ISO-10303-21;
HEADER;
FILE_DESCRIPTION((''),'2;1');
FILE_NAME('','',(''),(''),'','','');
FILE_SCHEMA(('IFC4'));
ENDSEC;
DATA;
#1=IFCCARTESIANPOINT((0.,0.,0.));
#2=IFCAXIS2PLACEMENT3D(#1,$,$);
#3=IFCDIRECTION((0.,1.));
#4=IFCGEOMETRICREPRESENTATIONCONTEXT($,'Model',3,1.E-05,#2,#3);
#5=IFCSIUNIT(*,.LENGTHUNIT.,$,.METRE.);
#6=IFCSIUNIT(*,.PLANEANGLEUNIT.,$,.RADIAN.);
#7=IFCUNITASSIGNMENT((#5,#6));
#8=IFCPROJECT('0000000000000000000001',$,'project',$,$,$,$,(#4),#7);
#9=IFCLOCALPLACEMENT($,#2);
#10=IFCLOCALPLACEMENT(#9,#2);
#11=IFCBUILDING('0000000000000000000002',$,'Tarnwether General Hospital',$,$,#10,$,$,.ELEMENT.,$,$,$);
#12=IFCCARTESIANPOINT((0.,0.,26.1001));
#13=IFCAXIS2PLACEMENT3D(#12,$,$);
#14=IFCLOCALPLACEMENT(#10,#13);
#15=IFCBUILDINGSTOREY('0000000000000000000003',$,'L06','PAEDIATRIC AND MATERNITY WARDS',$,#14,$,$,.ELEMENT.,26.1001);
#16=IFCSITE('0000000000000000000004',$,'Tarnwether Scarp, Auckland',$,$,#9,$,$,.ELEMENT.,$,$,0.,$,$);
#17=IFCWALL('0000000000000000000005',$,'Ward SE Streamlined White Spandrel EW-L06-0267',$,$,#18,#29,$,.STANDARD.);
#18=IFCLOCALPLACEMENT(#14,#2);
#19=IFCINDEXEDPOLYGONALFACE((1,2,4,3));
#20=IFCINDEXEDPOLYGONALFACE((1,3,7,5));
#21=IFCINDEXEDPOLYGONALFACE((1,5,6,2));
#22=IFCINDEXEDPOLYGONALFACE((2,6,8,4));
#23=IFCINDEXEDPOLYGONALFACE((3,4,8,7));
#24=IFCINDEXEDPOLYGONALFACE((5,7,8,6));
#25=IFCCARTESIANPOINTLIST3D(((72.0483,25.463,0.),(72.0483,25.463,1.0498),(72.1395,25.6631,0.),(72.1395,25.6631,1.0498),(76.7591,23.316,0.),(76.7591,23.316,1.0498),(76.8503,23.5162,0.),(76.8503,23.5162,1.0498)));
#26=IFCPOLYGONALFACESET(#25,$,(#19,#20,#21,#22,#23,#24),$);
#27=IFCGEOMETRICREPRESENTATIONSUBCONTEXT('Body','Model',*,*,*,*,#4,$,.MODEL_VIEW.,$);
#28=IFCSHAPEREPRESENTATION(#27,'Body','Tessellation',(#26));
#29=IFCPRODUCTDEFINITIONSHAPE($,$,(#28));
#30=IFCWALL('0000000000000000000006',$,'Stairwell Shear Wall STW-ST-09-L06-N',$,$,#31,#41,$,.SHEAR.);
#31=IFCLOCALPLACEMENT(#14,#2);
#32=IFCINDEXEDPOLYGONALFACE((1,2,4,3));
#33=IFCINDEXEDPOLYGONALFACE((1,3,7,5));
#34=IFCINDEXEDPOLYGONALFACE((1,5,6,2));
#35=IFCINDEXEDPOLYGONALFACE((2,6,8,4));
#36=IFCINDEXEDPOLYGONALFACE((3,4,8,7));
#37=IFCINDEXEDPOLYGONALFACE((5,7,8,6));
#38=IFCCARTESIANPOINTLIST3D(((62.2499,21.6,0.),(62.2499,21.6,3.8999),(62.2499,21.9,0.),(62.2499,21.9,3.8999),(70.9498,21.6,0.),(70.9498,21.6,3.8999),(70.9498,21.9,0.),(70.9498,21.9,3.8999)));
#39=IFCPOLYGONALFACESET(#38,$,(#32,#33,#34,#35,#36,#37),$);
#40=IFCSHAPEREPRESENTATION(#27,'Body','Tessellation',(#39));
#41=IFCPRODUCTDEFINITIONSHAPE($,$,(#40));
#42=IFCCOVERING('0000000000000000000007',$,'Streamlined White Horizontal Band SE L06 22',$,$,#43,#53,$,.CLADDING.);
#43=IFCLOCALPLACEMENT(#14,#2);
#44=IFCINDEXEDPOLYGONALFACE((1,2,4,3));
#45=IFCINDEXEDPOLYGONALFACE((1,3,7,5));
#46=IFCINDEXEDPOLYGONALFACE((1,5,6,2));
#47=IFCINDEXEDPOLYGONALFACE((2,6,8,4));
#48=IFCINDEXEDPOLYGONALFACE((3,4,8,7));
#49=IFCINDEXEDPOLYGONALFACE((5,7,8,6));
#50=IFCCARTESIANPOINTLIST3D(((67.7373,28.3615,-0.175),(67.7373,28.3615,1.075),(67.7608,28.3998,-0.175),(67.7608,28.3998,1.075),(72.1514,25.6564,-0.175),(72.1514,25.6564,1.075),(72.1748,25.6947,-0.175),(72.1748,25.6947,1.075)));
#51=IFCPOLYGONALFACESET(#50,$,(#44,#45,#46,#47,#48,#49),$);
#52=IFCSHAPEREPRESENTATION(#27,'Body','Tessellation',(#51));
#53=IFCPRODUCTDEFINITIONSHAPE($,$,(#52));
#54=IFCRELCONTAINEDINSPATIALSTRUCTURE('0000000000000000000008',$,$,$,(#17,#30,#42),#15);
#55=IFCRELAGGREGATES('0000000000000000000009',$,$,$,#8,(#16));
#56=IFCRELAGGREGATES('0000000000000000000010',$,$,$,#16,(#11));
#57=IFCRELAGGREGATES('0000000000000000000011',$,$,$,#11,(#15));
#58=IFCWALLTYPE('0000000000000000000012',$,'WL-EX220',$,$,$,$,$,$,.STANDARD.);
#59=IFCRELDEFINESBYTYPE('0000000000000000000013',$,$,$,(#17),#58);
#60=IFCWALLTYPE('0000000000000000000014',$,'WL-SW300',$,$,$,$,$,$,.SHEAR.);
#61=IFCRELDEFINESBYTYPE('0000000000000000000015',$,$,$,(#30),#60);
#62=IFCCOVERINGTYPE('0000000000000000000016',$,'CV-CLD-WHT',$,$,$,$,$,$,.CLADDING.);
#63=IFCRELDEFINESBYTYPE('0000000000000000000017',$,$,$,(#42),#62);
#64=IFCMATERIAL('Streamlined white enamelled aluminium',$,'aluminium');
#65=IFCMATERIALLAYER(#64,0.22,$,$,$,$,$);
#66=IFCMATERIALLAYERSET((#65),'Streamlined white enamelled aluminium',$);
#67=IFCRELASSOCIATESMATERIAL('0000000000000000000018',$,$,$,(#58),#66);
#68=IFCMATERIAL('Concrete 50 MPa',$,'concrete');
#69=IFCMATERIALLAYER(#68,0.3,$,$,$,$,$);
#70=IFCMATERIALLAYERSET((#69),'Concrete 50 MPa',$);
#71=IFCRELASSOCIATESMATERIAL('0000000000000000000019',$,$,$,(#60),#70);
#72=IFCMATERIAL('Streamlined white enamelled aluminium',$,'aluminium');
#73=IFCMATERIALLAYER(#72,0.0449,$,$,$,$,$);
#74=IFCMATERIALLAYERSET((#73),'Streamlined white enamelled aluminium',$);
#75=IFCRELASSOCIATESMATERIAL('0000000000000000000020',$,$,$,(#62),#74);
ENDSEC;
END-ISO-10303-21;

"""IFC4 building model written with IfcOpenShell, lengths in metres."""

from ifc_helpers import new_model, si_unit, direction, frame, frame_2d, origin, origin_2d, place, context, subcontext, project, spatial, rectangle, extrude, material, layer, layer_set, type_object, element, save


model = new_model("IFC4")

# Units and contexts
model_context = context("Model", 3, precision=1e-05, world=origin(), true_north=direction((0.0, 1.0)))
body_context = subcontext(model_context, "Body", "Model", "MODEL_VIEW")
ifc_project = project(units=[si_unit("LENGTHUNIT", "METRE"), si_unit("PLANEANGLEUNIT", "RADIAN")], contexts=[model_context])

# Site, building, storey
site_placement = place(None, origin())
site = spatial("IfcSite", under=ifc_project, at=site_placement, Name="Tarnwether Scarp, Auckland", CompositionType="ELEMENT", RefElevation=0.0)
building_placement = place(site_placement, origin())
building = spatial("IfcBuilding", under=site, at=building_placement, Name="Tarnwether General Hospital", CompositionType="ELEMENT")
storey_placement = place(building_placement, frame((0.0, 0.0, 26.1001)))
storey = spatial("IfcBuildingStorey", under=building, at=storey_placement, Name="L06", Description="PAEDIATRIC AND MATERNITY WARDS", CompositionType="ELEMENT", Elevation=26.1001)

# Walls
ifc_material_1 = material(Name="Streamlined white enamelled aluminium", Category="aluminium")
ifc_layer_1 = layer(ifc_material_1, 0.22)
ifc_layer_set_1 = layer_set([ifc_layer_1], Name="Streamlined white enamelled aluminium")
wall_type_1 = type_object("IfcWallType", Name="WL-EX220", PredefinedType="STANDARD", material=ifc_layer_set_1)
wall_1_placement = place(storey_placement, frame((72.094, 25.563, 0.0), z_axis=(0.0, 0.0, 1.0), x_axis=(0.909956, -0.414705, 0.0)))
element("IfcWall", 1, at=wall_1_placement, inside=storey, type_object=wall_type_1, Name="Ward SE Streamlined White Spandrel EW-L06-0267", PredefinedType="STANDARD", context=body_context, shape_type="SweptSolid", body=[
    extrude(rectangle(XDim=5.177, YDim=0.22, at=frame_2d((2.5884, 0.0))), origin(), (0.0, 0.0, 1.0), 1.0498),
])
ifc_material_2 = material(Name="Concrete 50 MPa", Category="concrete")
ifc_layer_2 = layer(ifc_material_2, 0.3)
ifc_layer_set_2 = layer_set([ifc_layer_2], Name="Concrete 50 MPa")
wall_type_2 = type_object("IfcWallType", Name="WL-SW300", PredefinedType="SHEAR", material=ifc_layer_set_2)
wall_2_placement = place(storey_placement, frame((70.95, 21.75, 0.0), z_axis=(0.0, 0.0, 1.0), x_axis=(-1.0, 0.0, 0.0)))
element("IfcWall", 2, at=wall_2_placement, inside=storey, type_object=wall_type_2, Name="Stairwell Shear Wall STW-ST-09-L06-N", PredefinedType="SHEAR", context=body_context, shape_type="SweptSolid", body=[
    extrude(rectangle(XDim=8.7, YDim=0.3, at=frame_2d((4.3501, 0.0))), origin(), (0.0, 0.0, 1.0), 3.8999),
])

# Covering
ifc_material_3 = material(Name="Streamlined white enamelled aluminium", Category="aluminium")
ifc_layer_3 = layer(ifc_material_3, 0.0449)
ifc_layer_set_3 = layer_set([ifc_layer_3], Name="Streamlined white enamelled aluminium")
covering_type = type_object("IfcCoveringType", Name="CV-CLD-WHT", PredefinedType="CLADDING", material=ifc_layer_set_3)
covering_placement = place(storey_placement, frame((69.9561, 27.0281, -0.175), z_axis=(0.0, 0.0, 1.0), x_axis=(0.852631, -0.522513, 0.0)))
element("IfcCovering", 3, at=covering_placement, inside=storey, type_object=covering_type, Name="Streamlined White Horizontal Band SE L06 22", PredefinedType="CLADDING", context=body_context, shape_type="SweptSolid", body=[
    extrude(rectangle(XDim=5.177, YDim=0.0449, at=origin_2d()), origin(), (0.0, 0.0, 1.0), 1.25),
])

save(model, "model.ifc")
